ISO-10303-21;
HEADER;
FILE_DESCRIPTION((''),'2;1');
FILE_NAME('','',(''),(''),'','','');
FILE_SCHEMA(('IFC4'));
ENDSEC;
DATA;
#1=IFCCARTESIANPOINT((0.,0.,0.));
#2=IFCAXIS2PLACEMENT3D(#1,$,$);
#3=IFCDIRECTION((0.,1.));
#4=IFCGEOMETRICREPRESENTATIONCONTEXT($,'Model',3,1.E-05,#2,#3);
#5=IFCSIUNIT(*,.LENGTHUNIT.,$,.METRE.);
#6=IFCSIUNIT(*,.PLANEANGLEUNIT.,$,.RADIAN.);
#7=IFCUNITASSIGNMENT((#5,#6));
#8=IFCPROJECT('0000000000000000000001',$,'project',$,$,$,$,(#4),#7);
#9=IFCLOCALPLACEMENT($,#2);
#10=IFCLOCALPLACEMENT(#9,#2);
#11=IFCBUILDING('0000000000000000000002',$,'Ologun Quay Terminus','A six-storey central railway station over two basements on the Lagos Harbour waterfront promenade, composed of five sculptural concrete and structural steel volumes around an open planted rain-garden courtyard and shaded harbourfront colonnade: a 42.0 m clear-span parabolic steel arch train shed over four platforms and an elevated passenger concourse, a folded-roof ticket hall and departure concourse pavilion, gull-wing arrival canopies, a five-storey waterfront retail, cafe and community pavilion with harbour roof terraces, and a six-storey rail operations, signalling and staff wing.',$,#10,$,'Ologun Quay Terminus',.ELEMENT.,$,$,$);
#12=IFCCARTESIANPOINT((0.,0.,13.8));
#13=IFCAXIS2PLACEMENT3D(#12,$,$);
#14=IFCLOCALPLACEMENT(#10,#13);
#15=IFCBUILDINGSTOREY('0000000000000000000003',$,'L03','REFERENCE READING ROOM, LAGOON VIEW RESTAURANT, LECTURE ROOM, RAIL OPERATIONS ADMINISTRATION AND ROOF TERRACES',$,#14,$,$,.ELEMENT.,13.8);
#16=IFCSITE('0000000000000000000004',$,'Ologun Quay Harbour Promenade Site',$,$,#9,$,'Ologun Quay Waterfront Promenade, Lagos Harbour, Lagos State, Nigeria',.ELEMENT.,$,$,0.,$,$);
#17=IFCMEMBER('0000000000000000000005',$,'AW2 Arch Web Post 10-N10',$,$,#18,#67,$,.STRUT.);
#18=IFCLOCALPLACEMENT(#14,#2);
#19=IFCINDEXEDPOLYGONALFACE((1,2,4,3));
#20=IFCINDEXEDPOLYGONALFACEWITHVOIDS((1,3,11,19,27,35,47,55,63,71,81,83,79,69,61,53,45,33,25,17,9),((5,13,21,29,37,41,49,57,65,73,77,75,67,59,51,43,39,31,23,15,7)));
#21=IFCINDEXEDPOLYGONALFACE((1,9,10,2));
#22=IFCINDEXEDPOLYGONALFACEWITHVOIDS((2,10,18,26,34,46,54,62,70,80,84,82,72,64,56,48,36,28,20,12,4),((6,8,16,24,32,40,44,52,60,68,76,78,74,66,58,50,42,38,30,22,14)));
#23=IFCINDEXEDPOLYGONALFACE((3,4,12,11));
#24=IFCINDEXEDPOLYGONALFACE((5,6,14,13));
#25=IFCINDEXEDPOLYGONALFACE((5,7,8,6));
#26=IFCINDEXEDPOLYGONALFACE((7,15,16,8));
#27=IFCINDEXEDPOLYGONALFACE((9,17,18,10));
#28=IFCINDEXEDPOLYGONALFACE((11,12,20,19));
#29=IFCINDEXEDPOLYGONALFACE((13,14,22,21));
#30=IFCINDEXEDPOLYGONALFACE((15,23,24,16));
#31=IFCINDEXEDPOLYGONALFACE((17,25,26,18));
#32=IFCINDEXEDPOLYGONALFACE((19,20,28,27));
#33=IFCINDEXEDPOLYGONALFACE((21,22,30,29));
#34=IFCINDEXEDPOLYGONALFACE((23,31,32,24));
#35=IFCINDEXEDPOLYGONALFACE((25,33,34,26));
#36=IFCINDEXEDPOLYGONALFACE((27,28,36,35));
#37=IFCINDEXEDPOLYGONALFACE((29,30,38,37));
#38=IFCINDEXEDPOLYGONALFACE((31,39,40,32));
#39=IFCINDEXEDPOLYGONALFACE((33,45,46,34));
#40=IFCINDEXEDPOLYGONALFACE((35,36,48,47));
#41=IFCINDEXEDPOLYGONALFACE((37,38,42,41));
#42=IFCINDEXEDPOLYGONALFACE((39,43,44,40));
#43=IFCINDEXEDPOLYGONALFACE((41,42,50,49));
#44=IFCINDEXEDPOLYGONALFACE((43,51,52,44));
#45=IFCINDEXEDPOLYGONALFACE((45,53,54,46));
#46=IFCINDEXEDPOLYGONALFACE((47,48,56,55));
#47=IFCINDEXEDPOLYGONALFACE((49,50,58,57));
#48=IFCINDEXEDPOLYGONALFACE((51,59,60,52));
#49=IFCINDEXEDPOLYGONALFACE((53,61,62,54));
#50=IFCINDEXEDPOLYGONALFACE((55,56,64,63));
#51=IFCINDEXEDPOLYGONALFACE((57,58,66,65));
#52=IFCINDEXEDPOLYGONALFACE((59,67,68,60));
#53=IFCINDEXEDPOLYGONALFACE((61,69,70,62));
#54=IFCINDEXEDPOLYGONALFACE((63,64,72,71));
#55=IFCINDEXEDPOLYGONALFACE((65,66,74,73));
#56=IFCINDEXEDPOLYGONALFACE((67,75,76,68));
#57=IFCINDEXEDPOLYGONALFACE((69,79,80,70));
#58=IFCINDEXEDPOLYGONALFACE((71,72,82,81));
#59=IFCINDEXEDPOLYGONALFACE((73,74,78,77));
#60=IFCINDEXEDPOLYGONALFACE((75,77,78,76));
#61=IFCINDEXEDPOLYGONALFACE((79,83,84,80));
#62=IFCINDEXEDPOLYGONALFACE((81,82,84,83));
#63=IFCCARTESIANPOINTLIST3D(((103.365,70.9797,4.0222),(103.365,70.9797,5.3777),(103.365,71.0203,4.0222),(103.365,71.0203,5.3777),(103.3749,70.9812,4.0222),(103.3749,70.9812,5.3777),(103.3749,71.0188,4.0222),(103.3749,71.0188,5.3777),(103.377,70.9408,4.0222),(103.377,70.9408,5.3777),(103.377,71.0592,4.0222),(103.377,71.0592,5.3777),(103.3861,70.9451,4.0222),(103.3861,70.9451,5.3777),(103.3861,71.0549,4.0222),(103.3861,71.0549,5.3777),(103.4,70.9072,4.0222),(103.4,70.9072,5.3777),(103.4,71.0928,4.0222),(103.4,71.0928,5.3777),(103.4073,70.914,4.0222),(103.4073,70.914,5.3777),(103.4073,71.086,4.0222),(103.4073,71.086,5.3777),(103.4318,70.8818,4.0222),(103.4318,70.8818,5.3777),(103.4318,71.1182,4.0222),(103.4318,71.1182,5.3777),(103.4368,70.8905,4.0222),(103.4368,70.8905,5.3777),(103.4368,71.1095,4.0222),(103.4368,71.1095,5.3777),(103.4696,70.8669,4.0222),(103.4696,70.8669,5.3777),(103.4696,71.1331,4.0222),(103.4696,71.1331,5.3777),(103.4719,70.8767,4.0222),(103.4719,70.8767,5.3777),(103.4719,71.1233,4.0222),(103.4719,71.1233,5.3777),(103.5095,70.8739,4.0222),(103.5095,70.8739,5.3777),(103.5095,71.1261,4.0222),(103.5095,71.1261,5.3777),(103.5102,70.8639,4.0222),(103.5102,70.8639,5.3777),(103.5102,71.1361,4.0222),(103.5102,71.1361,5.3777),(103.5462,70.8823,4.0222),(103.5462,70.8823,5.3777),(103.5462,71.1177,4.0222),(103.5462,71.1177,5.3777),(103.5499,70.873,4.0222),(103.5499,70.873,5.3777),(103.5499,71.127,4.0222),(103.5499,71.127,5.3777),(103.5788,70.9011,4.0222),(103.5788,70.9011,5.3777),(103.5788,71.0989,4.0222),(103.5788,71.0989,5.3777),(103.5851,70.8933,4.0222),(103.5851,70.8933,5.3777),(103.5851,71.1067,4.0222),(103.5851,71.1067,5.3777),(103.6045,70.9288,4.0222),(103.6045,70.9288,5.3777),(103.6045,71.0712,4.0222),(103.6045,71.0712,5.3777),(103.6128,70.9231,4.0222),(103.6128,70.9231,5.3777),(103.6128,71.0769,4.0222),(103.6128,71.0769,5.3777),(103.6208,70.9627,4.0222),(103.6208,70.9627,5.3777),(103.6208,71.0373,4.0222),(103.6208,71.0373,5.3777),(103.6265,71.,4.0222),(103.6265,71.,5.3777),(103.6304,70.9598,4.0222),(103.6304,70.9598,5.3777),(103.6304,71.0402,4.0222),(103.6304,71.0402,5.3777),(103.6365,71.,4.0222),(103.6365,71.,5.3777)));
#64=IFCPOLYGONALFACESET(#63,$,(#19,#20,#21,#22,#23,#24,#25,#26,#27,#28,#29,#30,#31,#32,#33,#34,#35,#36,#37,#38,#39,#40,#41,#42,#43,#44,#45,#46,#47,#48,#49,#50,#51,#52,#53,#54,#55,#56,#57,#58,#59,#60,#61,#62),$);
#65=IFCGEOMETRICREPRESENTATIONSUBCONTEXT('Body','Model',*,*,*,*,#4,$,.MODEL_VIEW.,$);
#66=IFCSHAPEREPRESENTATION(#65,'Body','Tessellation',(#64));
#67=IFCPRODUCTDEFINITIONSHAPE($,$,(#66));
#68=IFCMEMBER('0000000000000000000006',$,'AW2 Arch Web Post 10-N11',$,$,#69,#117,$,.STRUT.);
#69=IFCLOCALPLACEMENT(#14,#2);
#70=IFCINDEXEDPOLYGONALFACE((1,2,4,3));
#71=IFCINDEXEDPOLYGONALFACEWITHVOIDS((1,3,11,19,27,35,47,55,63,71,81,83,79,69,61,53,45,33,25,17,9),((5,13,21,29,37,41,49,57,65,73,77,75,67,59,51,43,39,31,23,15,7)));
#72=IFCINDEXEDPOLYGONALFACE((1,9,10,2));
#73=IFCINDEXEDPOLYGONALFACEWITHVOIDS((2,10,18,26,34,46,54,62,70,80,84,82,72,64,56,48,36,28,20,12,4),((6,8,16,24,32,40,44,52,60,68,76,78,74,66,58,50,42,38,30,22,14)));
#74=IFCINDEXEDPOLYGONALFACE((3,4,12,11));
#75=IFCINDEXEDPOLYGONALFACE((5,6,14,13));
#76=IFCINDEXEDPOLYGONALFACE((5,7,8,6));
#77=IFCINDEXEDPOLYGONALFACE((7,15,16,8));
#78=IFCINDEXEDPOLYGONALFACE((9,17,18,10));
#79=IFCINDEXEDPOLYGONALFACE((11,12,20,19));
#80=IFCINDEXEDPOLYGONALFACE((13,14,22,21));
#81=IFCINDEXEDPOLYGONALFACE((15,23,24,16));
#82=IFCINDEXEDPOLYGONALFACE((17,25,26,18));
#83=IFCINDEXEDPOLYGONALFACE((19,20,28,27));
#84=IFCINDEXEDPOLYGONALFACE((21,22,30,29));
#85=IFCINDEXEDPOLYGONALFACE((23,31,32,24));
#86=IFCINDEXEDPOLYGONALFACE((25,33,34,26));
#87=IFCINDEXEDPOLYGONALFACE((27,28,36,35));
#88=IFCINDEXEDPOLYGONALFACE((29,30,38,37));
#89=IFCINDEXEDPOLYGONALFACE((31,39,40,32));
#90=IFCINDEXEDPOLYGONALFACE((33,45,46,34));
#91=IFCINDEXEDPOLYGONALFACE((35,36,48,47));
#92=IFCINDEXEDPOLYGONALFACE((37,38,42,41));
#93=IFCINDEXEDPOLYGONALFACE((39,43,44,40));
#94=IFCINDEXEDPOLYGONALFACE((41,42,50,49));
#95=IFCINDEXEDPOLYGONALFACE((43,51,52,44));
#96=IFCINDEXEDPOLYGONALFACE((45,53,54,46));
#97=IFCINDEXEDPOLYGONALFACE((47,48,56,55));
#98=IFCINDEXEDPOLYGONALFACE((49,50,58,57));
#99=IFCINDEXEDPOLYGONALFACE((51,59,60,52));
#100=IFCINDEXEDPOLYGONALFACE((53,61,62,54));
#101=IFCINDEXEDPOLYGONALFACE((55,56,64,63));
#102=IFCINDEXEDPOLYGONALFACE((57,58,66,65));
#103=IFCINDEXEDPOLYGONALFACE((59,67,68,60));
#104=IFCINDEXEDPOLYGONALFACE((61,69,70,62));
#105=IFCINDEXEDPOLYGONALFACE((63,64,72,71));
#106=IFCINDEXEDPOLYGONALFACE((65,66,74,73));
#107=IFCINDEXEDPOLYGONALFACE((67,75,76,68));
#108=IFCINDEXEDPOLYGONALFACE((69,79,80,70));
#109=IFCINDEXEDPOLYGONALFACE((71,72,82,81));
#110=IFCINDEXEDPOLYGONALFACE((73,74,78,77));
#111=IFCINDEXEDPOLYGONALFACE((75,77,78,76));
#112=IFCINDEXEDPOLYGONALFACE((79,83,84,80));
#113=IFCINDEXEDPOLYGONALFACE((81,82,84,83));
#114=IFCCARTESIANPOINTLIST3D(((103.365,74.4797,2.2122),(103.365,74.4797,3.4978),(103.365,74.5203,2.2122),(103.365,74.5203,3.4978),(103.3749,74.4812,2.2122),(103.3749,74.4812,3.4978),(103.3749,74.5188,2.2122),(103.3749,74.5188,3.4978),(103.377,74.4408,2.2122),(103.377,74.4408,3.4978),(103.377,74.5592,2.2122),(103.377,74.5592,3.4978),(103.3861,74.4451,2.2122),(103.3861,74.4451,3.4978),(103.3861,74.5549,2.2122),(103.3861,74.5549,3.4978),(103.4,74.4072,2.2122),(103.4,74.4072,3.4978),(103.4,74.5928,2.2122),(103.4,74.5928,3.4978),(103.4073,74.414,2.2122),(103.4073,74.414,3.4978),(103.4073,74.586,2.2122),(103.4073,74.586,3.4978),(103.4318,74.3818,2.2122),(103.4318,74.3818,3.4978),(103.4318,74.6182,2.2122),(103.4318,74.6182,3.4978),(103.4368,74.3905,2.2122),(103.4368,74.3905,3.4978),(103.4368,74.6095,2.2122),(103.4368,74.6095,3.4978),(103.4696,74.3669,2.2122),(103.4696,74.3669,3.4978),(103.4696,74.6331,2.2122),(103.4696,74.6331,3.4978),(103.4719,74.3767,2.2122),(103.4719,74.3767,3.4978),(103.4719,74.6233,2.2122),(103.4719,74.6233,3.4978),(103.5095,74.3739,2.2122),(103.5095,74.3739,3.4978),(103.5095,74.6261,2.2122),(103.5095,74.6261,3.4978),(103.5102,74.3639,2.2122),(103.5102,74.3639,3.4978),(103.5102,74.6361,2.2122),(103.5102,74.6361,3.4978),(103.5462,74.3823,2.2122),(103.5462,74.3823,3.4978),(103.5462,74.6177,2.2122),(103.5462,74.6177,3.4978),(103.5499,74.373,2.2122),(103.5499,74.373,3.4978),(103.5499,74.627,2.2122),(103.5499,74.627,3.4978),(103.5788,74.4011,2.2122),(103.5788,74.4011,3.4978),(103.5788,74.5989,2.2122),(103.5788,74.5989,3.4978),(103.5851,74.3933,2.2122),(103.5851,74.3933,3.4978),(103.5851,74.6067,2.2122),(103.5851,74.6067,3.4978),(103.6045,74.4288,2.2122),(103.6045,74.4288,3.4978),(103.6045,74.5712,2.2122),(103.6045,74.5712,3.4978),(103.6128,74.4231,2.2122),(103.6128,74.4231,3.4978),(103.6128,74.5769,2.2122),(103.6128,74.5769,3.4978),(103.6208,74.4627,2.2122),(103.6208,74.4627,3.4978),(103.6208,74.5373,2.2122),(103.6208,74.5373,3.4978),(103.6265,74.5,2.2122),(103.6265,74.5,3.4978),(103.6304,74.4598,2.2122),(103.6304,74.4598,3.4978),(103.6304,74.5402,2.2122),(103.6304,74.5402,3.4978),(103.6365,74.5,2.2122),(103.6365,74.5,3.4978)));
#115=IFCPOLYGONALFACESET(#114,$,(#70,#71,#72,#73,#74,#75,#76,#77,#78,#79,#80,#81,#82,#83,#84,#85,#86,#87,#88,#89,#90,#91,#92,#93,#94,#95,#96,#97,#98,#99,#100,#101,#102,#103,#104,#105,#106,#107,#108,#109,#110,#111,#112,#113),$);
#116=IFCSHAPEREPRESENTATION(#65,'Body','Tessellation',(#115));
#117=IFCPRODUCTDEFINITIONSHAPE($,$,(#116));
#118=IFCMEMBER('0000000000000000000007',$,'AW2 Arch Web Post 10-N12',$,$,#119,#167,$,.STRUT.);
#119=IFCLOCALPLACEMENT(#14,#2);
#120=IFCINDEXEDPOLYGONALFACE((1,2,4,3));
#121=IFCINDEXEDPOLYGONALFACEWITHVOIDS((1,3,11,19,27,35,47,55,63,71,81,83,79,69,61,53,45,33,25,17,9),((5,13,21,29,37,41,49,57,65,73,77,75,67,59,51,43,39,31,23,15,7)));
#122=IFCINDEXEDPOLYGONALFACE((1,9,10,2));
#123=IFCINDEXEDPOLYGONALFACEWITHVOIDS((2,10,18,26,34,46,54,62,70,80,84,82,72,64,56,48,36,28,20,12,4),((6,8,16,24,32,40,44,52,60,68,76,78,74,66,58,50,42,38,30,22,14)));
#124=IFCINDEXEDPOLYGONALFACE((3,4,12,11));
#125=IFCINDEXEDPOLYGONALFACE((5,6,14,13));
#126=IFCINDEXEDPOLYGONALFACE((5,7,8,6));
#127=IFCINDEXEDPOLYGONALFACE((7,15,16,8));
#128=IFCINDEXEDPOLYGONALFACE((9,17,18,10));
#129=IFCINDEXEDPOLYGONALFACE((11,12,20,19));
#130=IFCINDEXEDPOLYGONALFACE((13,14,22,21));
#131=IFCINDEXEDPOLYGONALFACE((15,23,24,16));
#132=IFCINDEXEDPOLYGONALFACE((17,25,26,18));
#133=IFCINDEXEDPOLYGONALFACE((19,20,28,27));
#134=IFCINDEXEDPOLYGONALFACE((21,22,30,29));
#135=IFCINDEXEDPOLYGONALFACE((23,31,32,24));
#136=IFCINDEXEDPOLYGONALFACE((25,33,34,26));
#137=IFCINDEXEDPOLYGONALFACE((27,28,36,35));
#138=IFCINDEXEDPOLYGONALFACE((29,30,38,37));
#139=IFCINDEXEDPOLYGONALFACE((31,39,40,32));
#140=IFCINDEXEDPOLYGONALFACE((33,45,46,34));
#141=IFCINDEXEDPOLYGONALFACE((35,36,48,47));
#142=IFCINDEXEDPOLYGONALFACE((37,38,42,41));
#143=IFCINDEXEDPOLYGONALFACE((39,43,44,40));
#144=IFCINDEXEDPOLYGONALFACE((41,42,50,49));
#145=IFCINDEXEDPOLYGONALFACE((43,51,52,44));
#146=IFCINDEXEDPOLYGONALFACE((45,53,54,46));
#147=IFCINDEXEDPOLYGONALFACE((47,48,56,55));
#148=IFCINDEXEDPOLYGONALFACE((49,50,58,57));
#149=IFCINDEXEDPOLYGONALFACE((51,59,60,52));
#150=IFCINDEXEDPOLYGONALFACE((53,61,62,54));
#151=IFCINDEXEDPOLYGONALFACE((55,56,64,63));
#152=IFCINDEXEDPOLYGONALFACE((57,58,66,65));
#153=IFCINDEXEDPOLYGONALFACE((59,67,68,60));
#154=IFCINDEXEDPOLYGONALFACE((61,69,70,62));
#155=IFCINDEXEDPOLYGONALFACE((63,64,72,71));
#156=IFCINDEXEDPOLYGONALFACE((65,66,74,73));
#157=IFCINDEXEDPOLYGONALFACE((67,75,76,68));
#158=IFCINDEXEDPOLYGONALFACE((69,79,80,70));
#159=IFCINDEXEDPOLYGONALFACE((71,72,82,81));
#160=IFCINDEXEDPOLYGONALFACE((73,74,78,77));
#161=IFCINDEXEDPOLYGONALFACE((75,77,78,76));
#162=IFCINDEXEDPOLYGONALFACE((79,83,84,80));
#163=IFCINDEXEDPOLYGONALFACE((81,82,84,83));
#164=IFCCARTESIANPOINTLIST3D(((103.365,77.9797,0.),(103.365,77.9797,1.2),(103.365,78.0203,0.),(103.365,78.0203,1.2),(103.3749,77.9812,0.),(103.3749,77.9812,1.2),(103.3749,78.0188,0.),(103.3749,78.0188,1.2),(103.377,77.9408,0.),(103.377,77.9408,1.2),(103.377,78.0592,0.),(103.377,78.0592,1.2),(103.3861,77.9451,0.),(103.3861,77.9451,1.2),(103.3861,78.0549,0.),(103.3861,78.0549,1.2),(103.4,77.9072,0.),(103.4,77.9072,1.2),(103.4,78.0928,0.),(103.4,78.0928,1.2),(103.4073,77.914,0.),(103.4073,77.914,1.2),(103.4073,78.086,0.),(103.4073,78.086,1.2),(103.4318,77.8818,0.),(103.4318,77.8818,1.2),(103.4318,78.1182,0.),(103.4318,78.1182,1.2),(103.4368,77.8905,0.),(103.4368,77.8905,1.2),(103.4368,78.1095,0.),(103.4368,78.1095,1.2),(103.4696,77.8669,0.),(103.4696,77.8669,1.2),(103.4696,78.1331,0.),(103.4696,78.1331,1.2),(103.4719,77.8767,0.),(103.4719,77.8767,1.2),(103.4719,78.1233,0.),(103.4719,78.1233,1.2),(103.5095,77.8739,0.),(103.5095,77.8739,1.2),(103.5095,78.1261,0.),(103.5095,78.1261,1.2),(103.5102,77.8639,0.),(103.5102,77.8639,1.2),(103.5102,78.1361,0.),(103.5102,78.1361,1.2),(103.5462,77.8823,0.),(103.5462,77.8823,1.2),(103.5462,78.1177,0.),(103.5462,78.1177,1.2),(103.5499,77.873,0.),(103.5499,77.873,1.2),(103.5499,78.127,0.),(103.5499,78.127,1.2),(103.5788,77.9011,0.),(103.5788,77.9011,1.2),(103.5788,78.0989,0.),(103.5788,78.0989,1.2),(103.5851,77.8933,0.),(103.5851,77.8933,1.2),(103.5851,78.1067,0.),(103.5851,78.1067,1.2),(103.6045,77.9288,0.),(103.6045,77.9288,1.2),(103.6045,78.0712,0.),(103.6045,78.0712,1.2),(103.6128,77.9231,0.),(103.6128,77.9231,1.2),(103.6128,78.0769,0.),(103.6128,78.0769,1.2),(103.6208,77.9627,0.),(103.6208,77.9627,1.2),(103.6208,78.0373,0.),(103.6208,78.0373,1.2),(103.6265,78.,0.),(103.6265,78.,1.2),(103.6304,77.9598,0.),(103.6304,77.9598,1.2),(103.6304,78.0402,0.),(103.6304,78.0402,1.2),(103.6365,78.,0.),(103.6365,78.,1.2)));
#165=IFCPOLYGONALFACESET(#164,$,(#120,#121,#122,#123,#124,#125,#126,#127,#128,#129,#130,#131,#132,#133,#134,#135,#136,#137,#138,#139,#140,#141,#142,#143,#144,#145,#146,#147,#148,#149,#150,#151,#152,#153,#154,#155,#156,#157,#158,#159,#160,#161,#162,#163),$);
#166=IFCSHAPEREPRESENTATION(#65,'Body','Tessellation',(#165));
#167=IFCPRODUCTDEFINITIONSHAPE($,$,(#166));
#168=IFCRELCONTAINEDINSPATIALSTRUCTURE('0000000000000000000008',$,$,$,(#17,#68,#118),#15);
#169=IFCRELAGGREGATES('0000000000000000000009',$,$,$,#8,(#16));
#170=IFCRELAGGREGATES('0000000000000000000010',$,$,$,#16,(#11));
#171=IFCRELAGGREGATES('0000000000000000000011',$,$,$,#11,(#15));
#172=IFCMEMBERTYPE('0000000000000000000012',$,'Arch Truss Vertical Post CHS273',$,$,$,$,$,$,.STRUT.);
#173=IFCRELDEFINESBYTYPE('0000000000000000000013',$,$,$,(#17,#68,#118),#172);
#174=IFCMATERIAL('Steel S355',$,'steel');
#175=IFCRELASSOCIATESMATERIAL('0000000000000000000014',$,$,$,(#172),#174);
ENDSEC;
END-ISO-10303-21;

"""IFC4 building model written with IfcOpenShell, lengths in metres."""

from ifc_helpers import new_model, si_unit, direction, frame, origin, origin_2d, place, context, subcontext, project, spatial, hollow_circle, extrude, material, material_profile, profile_set, type_object, element, save


model = new_model("IFC4")

# Units and contexts
model_context = context("Model", 3, precision=1e-05, world=origin(), true_north=direction((0.0, 1.0)))
body_context = subcontext(model_context, "Body", "Model", "MODEL_VIEW")
ifc_project = project(units=[si_unit("LENGTHUNIT", "METRE"), si_unit("PLANEANGLEUNIT", "RADIAN")], contexts=[model_context])

# Site, building, storey
site_placement = place(None, origin())
site = spatial("IfcSite", under=ifc_project, at=site_placement, Name="Ologun Quay Harbour Promenade Site", LongName="Ologun Quay Waterfront Promenade, Lagos Harbour, Lagos State, Nigeria", CompositionType="ELEMENT", RefElevation=0.0)
building_placement = place(site_placement, origin())
building = spatial("IfcBuilding", under=site, at=building_placement, Name="Ologun Quay Terminus", Description="A six-storey central railway station over two basements on the Lagos Harbour waterfront promenade, composed of five sculptural concrete and structural steel volumes around an open planted rain-garden courtyard and shaded harbourfront colonnade: a 42.0 m clear-span parabolic steel arch train shed over four platforms and an elevated passenger concourse, a folded-roof ticket hall and departure concourse pavilion, gull-wing arrival canopies, a five-storey waterfront retail, cafe and community pavilion with harbour roof terraces, and a six-storey rail operations, signalling and staff wing.", LongName="Ologun Quay Terminus", CompositionType="ELEMENT")
storey_placement = place(building_placement, frame((0.0, 0.0, 13.8)))
storey = spatial("IfcBuildingStorey", under=building, at=storey_placement, Name="L03", Description="REFERENCE READING ROOM, LAGOON VIEW RESTAURANT, LECTURE ROOM, RAIL OPERATIONS ADMINISTRATION AND ROOF TERRACES", CompositionType="ELEMENT", Elevation=13.8)

# Members
ifc_material_1 = material(Name="Steel S355", Category="steel")
ifc_material_profile_1 = material_profile(ifc_material_1, hollow_circle(Radius=0.1365, WallThickness=0.01, at=origin_2d()), Name="CHS 273x10")
ifc_profile_set_1 = profile_set([ifc_material_profile_1], Name="Steel S355")
member_type_1 = type_object("IfcMemberType", Name="Arch Truss Vertical Post CHS273", PredefinedType="STRUT", material=ifc_profile_set_1)
member_1_placement = place(storey_placement, frame((103.5, 71.0, 4.0222), z_axis=(0.0, 0.0, 1.0), x_axis=(1.0, 0.0, 0.0)))
element("IfcMember", 1, at=member_1_placement, inside=storey, type_object=member_type_1, Name="AW2 Arch Web Post 10-N10", PredefinedType="STRUT", context=body_context, shape_type="SweptSolid", body=[
    extrude(hollow_circle(Radius=0.1365, WallThickness=0.01, at=origin_2d()), origin(), (0.0, 0.0, 1.0), 1.3555),
])
member_2_placement = place(storey_placement, frame((103.5, 74.5, 2.2122), z_axis=(0.0, 0.0, 1.0), x_axis=(1.0, 0.0, 0.0)))
element("IfcMember", 2, at=member_2_placement, inside=storey, type_object=member_type_1, Name="AW2 Arch Web Post 10-N11", PredefinedType="STRUT", context=body_context, shape_type="SweptSolid", body=[
    extrude(hollow_circle(Radius=0.1365, WallThickness=0.01, at=origin_2d()), origin(), (0.0, 0.0, 1.0), 1.2856),
])
member_3_placement = place(storey_placement, frame((103.5, 78.0, 0.0), z_axis=(0.0, 0.0, 1.0), x_axis=(1.0, 0.0, 0.0)))
element("IfcMember", 3, at=member_3_placement, inside=storey, type_object=member_type_1, Name="AW2 Arch Web Post 10-N12", PredefinedType="STRUT", context=body_context, shape_type="SweptSolid", body=[
    extrude(hollow_circle(Radius=0.1365, WallThickness=0.01, at=origin_2d()), origin(), (0.0, 0.0, 1.0), 1.2),
])

save(model, "model.ifc")
